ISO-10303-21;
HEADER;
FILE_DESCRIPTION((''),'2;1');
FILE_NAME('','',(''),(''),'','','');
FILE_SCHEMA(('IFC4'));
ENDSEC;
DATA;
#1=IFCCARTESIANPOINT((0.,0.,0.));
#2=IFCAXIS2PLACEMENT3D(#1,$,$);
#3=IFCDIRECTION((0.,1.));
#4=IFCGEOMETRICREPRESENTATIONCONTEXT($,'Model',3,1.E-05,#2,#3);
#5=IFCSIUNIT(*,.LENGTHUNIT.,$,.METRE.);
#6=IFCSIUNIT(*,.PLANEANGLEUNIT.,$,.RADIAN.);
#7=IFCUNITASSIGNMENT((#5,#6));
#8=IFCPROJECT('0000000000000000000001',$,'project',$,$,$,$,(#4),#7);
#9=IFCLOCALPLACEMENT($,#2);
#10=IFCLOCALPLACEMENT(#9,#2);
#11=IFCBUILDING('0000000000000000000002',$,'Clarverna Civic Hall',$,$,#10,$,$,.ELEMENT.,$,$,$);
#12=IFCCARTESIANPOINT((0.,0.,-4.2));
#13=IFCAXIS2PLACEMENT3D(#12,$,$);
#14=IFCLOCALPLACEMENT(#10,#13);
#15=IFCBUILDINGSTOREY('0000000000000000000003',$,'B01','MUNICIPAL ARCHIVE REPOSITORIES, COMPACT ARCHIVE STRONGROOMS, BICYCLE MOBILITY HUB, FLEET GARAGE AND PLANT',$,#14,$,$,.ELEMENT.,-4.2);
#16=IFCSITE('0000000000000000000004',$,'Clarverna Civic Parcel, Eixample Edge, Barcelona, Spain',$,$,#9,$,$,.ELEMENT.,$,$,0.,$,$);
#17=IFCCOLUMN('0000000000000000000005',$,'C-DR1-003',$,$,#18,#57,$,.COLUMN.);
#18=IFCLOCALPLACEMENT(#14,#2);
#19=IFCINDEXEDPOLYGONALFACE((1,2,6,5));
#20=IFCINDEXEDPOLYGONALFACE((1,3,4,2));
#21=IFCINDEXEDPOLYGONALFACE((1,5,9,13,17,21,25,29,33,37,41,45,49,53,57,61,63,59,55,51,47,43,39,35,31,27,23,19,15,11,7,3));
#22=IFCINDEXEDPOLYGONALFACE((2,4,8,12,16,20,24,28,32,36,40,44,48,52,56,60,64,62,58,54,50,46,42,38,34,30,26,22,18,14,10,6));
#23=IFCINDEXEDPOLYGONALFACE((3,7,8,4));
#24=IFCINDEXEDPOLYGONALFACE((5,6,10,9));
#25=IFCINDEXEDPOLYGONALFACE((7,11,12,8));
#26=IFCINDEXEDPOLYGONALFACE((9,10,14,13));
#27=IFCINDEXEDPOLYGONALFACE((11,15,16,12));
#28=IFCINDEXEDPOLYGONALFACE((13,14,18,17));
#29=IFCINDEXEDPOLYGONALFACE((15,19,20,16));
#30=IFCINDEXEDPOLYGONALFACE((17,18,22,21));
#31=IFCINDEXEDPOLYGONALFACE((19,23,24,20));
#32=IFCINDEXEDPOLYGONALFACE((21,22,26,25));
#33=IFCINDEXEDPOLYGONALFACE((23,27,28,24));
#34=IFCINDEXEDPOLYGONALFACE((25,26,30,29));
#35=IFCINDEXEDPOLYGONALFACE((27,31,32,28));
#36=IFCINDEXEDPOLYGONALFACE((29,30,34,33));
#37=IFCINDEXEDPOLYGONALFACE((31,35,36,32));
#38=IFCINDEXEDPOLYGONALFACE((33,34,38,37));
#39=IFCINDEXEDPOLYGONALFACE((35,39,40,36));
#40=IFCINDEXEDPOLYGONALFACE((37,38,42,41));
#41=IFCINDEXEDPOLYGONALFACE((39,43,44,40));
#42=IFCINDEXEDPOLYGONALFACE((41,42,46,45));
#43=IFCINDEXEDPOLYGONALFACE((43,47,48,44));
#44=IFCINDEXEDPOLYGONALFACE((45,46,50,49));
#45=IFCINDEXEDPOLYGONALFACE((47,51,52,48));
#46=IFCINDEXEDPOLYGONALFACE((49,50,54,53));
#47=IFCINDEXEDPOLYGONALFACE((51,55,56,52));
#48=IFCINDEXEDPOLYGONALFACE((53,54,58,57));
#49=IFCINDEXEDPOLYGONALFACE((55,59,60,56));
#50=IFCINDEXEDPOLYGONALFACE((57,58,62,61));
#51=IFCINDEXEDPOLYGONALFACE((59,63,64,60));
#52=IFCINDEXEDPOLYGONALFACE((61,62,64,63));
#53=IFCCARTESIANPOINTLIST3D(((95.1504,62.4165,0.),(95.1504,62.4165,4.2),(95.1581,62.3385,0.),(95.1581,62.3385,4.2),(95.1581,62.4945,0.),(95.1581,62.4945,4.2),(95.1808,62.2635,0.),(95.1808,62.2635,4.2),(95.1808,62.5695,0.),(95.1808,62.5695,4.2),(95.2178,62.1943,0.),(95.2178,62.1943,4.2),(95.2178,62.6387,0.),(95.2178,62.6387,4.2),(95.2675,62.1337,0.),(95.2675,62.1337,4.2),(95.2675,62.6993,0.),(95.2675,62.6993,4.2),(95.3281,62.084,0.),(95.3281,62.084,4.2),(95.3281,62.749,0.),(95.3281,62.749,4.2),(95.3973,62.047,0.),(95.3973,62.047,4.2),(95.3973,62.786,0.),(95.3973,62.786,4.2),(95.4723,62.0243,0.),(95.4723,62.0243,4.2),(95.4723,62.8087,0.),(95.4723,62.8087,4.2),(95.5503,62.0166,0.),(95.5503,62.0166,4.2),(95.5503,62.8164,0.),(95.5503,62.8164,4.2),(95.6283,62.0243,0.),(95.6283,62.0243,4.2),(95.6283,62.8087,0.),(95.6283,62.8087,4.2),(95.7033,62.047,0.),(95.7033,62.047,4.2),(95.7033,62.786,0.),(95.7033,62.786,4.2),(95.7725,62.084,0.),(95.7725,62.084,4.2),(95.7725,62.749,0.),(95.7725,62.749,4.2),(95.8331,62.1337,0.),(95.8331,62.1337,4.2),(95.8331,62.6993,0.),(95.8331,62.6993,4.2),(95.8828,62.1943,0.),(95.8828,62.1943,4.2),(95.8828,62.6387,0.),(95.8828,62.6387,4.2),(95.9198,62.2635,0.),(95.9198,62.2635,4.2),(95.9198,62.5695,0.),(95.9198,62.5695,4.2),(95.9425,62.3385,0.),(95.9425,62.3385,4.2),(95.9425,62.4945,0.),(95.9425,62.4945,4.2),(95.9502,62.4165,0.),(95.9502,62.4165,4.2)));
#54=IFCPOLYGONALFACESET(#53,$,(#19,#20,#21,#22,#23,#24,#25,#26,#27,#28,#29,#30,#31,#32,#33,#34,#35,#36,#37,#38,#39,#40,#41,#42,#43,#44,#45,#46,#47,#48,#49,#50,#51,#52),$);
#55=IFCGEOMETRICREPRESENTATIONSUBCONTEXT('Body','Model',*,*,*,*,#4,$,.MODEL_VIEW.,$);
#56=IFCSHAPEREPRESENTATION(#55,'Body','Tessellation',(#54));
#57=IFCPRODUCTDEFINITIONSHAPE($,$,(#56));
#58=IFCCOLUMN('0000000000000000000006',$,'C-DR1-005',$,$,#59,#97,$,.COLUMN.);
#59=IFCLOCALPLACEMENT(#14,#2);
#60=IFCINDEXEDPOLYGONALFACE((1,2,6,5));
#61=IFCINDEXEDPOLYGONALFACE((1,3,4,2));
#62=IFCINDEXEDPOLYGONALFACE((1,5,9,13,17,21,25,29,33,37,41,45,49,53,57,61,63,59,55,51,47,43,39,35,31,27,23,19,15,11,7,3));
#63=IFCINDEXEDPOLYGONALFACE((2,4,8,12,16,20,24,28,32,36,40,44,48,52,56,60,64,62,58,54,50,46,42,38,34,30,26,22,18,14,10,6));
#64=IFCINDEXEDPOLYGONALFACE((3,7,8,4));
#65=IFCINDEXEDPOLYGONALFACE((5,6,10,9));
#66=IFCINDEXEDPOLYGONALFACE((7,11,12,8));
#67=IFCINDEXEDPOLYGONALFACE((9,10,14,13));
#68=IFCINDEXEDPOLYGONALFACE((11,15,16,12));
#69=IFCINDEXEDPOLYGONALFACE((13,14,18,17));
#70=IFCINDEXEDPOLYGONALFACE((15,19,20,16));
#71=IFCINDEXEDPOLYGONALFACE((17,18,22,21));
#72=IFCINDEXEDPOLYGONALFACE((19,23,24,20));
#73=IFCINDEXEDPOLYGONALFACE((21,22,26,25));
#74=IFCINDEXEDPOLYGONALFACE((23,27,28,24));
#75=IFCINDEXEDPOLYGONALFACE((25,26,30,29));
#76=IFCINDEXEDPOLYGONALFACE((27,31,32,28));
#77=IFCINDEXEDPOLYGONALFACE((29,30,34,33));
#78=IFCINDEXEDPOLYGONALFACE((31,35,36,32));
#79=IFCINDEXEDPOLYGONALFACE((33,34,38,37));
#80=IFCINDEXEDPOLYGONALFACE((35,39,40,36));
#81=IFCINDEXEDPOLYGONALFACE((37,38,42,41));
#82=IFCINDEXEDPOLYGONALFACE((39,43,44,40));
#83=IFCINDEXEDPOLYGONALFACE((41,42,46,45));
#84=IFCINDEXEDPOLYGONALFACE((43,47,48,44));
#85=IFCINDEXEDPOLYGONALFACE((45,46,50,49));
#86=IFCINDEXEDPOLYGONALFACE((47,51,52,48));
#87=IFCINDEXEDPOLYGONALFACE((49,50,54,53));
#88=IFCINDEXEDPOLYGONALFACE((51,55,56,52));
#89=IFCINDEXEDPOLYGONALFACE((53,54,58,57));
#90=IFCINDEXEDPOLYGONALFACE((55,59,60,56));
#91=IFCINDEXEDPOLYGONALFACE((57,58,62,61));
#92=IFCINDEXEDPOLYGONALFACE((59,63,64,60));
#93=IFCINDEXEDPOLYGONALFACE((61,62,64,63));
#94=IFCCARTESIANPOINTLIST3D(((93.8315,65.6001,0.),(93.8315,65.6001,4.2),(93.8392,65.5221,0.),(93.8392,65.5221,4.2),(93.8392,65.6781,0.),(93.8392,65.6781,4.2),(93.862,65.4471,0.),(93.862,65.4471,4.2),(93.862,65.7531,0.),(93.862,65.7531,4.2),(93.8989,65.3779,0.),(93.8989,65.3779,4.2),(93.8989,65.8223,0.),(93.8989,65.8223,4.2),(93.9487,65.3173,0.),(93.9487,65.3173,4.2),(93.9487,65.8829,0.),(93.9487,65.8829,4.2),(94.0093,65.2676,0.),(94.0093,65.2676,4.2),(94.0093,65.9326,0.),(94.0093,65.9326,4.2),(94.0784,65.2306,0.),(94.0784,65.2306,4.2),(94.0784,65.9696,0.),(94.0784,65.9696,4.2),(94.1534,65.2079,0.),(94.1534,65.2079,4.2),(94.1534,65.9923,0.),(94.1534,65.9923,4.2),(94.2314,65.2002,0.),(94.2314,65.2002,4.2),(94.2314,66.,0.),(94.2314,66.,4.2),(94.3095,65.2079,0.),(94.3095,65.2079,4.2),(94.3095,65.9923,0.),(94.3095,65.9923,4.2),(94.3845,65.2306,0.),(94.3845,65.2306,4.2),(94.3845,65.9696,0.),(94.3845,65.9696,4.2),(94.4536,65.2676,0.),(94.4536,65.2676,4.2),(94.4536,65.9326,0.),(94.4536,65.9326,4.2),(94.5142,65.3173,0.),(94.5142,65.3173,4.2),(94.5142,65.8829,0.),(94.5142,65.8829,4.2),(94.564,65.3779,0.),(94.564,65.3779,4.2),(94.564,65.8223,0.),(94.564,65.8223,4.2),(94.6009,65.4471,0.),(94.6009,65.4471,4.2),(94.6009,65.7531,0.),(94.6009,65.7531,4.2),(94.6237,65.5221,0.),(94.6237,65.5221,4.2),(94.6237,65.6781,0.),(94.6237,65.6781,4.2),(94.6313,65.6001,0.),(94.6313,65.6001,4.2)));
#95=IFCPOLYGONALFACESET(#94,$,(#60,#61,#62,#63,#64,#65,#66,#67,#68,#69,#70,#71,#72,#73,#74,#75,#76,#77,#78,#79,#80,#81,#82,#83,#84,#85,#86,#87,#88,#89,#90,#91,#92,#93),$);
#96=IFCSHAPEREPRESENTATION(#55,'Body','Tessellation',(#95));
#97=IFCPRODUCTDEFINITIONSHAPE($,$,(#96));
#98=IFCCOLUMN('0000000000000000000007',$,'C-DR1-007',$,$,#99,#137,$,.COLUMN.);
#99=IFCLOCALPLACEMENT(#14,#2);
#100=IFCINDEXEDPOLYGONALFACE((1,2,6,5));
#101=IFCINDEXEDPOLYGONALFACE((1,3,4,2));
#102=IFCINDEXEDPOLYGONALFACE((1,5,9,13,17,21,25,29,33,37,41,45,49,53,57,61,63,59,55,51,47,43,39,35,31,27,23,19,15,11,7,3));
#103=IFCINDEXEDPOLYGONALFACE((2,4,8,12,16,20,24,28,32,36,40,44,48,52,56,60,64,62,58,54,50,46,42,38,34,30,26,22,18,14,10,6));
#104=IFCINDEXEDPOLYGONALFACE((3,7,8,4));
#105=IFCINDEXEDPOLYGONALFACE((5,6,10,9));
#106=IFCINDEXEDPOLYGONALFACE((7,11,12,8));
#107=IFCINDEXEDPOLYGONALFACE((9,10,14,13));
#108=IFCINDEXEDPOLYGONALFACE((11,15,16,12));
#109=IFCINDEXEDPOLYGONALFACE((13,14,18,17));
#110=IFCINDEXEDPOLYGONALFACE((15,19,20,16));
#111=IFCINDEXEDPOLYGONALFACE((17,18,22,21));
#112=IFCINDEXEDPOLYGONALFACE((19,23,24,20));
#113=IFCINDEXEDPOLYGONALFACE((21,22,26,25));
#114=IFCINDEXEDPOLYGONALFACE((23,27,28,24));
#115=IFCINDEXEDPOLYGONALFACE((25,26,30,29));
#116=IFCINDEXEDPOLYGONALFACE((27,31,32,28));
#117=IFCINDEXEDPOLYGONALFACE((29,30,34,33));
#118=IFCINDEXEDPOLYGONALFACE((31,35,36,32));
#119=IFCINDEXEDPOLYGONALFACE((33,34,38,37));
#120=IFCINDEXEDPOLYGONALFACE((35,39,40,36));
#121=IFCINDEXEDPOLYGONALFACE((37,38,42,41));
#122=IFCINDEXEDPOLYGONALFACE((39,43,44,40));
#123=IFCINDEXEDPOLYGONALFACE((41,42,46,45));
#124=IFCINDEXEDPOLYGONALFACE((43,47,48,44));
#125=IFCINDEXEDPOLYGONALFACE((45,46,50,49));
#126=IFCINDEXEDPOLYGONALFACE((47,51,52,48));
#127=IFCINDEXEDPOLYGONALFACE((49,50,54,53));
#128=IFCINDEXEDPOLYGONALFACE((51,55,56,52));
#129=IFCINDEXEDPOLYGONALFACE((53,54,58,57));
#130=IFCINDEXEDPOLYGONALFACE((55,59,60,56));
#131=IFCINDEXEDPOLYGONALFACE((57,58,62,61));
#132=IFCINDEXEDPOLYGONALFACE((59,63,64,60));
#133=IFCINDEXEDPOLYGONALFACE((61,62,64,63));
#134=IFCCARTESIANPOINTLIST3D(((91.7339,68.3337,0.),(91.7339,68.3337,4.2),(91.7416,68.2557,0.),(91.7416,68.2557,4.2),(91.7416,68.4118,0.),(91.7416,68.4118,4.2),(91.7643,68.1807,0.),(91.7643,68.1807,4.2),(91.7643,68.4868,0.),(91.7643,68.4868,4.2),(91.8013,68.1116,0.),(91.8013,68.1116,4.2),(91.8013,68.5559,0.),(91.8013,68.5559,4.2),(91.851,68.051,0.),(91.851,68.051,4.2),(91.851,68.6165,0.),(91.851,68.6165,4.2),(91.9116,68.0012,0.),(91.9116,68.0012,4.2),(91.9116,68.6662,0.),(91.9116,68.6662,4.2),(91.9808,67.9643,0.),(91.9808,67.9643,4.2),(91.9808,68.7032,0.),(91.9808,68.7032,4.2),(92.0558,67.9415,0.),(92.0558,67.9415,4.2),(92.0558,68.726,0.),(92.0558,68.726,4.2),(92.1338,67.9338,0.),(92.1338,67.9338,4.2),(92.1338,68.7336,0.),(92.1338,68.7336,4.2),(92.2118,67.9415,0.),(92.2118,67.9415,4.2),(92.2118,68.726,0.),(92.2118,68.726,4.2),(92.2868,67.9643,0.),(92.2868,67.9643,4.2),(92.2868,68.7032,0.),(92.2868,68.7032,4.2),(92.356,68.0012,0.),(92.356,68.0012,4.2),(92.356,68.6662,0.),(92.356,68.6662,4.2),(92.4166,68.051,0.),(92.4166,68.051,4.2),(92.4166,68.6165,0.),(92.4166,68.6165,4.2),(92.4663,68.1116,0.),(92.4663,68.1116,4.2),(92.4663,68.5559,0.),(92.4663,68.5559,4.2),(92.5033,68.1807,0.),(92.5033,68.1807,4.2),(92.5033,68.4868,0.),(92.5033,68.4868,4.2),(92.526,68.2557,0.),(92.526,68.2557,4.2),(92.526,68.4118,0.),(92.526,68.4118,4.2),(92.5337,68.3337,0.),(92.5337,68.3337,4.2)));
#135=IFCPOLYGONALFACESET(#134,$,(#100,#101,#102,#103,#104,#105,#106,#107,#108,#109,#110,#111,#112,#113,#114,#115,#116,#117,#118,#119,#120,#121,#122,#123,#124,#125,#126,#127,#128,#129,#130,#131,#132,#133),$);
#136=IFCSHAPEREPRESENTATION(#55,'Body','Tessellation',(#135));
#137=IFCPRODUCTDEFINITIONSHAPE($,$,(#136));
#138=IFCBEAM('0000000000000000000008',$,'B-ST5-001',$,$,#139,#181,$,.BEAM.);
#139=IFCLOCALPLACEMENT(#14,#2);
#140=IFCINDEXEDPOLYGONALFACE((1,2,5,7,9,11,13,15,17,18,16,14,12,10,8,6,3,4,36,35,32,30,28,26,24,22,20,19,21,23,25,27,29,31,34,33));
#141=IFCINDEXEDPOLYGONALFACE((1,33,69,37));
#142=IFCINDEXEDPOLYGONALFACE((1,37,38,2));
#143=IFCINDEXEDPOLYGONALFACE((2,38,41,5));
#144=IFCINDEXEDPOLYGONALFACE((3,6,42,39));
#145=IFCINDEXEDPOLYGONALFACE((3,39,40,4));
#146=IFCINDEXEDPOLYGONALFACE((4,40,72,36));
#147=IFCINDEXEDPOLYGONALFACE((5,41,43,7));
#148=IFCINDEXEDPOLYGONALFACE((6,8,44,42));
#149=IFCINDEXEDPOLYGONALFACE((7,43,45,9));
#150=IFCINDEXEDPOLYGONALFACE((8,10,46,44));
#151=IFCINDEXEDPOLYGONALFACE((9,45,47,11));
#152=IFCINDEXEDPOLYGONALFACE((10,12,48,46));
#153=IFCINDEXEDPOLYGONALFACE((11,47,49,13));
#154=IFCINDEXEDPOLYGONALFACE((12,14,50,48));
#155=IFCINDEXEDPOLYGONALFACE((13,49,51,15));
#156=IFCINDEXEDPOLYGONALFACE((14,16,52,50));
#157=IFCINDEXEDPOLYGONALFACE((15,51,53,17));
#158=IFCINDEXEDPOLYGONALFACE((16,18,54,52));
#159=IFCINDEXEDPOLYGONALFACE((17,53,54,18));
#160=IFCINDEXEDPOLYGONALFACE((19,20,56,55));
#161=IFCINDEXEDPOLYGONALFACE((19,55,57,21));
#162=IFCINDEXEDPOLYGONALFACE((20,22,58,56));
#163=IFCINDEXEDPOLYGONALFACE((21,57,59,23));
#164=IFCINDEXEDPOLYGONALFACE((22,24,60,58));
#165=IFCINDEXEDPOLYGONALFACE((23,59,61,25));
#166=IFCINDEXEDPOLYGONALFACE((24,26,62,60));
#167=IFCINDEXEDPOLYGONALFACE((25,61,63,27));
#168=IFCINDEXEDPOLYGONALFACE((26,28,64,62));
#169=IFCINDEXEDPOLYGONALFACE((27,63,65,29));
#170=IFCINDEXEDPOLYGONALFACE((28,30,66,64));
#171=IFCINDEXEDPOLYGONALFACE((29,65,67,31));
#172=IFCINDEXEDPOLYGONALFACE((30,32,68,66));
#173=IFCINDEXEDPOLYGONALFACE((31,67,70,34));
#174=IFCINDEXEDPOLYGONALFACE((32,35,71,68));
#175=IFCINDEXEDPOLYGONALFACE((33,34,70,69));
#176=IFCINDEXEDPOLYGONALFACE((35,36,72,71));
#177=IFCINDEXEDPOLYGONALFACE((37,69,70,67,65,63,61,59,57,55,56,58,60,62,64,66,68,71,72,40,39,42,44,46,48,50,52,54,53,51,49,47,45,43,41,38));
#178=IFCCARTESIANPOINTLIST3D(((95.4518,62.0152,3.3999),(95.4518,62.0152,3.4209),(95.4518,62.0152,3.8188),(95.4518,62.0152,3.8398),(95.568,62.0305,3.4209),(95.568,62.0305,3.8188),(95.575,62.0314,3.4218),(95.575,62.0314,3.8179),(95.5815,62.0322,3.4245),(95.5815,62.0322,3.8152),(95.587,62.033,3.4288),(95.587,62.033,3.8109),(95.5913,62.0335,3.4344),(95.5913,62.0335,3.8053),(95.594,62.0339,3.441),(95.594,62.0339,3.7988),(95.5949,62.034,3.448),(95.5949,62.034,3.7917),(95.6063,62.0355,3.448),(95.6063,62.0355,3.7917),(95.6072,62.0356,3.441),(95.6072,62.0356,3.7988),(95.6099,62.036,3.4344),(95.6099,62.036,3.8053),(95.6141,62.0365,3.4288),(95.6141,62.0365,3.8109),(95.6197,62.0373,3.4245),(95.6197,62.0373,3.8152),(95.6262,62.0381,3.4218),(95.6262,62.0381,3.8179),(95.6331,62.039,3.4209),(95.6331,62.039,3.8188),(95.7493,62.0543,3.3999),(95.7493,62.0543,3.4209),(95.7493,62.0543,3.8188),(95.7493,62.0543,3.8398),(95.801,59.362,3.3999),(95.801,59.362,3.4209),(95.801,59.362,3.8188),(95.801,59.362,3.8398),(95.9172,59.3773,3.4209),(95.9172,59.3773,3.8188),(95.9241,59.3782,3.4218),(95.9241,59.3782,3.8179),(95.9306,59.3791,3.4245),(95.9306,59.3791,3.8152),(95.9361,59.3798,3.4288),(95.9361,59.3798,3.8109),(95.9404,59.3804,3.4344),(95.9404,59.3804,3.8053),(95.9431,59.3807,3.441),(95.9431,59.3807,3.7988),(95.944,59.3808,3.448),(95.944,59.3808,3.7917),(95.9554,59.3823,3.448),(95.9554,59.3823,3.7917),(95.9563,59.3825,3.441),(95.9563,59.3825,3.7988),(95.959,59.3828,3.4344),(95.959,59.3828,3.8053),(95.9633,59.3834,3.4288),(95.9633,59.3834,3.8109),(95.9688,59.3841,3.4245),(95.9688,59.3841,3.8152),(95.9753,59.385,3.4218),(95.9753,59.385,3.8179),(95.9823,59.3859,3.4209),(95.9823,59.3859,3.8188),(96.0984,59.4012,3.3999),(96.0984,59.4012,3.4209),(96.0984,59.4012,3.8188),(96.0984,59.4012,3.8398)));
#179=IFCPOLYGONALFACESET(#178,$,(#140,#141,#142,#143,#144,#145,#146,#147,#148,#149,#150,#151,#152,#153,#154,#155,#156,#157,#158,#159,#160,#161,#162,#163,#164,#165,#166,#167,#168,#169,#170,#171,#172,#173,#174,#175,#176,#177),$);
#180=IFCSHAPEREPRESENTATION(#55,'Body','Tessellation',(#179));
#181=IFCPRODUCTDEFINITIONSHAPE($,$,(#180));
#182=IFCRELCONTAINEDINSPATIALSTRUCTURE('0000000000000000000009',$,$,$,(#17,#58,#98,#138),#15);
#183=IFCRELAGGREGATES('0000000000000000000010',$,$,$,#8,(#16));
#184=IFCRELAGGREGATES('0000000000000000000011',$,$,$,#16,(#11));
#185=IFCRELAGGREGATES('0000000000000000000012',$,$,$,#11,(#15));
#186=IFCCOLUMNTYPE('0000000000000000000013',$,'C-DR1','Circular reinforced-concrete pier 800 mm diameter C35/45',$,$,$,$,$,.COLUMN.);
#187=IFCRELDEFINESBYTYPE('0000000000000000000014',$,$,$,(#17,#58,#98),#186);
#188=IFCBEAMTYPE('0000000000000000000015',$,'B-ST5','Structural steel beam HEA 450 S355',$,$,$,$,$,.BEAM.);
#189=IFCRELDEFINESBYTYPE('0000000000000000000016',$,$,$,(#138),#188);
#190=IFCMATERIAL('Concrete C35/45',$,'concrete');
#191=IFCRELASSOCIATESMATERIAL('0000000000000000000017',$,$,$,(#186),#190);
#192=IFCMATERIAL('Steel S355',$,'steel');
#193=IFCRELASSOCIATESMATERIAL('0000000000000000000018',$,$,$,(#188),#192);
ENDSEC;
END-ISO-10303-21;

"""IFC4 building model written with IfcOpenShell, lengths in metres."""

from ifc_helpers import new_model, si_unit, direction, frame, origin, origin_2d, place, context, subcontext, project, spatial, circle, i_section, extrude, material, material_profile, profile_set, type_object, element, save


model = new_model("IFC4")

# Units and contexts
model_context = context("Model", 3, precision=1e-05, world=origin(), true_north=direction((0.0, 1.0)))
body_context = subcontext(model_context, "Body", "Model", "MODEL_VIEW")
ifc_project = project(units=[si_unit("LENGTHUNIT", "METRE"), si_unit("PLANEANGLEUNIT", "RADIAN")], contexts=[model_context])

# Site, building, storey
site_placement = place(None, origin())
site = spatial("IfcSite", under=ifc_project, at=site_placement, Name="Clarverna Civic Parcel, Eixample Edge, Barcelona, Spain", CompositionType="ELEMENT", RefElevation=0.0)
building_placement = place(site_placement, origin())
building = spatial("IfcBuilding", under=site, at=building_placement, Name="Clarverna Civic Hall", CompositionType="ELEMENT")
storey_placement = place(building_placement, frame((0.0, 0.0, -4.2)))
storey = spatial("IfcBuildingStorey", under=building, at=storey_placement, Name="B01", Description="MUNICIPAL ARCHIVE REPOSITORIES, COMPACT ARCHIVE STRONGROOMS, BICYCLE MOBILITY HUB, FLEET GARAGE AND PLANT", CompositionType="ELEMENT", Elevation=-4.2)

# Columns
ifc_material_1 = material(Name="Concrete C35/45", Category="concrete")
ifc_material_profile_1 = material_profile(ifc_material_1, circle(Radius=0.3999, at=origin_2d()), Name="RC D800")
ifc_profile_set_1 = profile_set([ifc_material_profile_1], Name="Concrete C35/45")
column_type_1 = type_object("IfcColumnType", Name="C-DR1", Description="Circular reinforced-concrete pier 800 mm diameter C35/45", PredefinedType="COLUMN", material=ifc_profile_set_1)
for number, where, z_axis, x_axis, name in (
    (1, (95.5503, 62.4165, 0.0), (0.0, 0.0, 1.0), (1.0, 0.0, 0.0), "C-DR1-003"),
    (2, (94.2314, 65.6001, 0.0), (0.0, 0.0, 1.0), (1.0, 0.0, 0.0), "C-DR1-005"),
    (3, (92.1338, 68.3337, 0.0), (0.0, 0.0, 1.0), (1.0, 0.0, 0.0), "C-DR1-007"),
):
    element("IfcColumn", number, at=place(storey_placement, frame(where, z_axis=z_axis, x_axis=x_axis)), inside=storey, type_object=column_type_1, Name=name, PredefinedType="COLUMN", context=body_context, shape_type="SweptSolid", body=[
        extrude(circle(Radius=0.3999, at=origin_2d()), origin(), (0.0, 0.0, 1.0), 4.2),
    ])

# Beam
ifc_material_2 = material(Name="Steel S355", Category="steel")
ifc_material_profile_2 = material_profile(ifc_material_2, i_section(OverallWidth=0.3, OverallDepth=0.4399, WebThickness=0.0115, FlangeThickness=0.021, FilletRadius=0.0271, at=origin_2d()), Name="HEA 450")
ifc_profile_set_2 = profile_set([ifc_material_profile_2], Name="Steel S355")
beam_type_1 = type_object("IfcBeamType", Name="B-ST5", Description="Structural steel beam HEA 450 S355", PredefinedType="BEAM", material=ifc_profile_set_2)
beam_1_placement = place(storey_placement, frame((95.9497, 59.3816, 3.6199), z_axis=(-0.130466, 0.991453, 0.0), x_axis=(-0.991453, -0.130466, 0.0)))
element("IfcBeam", 4, at=beam_1_placement, inside=storey, type_object=beam_type_1, Name="B-ST5-001", PredefinedType="BEAM", context=body_context, shape_type="SweptSolid", body=[
    extrude(i_section(OverallWidth=0.3, OverallDepth=0.4399, WebThickness=0.0115, FlangeThickness=0.021, FilletRadius=0.0271, at=origin_2d()), origin(), (0.0, 0.0, 1.0), 2.676),
])

save(model, "model.ifc")
